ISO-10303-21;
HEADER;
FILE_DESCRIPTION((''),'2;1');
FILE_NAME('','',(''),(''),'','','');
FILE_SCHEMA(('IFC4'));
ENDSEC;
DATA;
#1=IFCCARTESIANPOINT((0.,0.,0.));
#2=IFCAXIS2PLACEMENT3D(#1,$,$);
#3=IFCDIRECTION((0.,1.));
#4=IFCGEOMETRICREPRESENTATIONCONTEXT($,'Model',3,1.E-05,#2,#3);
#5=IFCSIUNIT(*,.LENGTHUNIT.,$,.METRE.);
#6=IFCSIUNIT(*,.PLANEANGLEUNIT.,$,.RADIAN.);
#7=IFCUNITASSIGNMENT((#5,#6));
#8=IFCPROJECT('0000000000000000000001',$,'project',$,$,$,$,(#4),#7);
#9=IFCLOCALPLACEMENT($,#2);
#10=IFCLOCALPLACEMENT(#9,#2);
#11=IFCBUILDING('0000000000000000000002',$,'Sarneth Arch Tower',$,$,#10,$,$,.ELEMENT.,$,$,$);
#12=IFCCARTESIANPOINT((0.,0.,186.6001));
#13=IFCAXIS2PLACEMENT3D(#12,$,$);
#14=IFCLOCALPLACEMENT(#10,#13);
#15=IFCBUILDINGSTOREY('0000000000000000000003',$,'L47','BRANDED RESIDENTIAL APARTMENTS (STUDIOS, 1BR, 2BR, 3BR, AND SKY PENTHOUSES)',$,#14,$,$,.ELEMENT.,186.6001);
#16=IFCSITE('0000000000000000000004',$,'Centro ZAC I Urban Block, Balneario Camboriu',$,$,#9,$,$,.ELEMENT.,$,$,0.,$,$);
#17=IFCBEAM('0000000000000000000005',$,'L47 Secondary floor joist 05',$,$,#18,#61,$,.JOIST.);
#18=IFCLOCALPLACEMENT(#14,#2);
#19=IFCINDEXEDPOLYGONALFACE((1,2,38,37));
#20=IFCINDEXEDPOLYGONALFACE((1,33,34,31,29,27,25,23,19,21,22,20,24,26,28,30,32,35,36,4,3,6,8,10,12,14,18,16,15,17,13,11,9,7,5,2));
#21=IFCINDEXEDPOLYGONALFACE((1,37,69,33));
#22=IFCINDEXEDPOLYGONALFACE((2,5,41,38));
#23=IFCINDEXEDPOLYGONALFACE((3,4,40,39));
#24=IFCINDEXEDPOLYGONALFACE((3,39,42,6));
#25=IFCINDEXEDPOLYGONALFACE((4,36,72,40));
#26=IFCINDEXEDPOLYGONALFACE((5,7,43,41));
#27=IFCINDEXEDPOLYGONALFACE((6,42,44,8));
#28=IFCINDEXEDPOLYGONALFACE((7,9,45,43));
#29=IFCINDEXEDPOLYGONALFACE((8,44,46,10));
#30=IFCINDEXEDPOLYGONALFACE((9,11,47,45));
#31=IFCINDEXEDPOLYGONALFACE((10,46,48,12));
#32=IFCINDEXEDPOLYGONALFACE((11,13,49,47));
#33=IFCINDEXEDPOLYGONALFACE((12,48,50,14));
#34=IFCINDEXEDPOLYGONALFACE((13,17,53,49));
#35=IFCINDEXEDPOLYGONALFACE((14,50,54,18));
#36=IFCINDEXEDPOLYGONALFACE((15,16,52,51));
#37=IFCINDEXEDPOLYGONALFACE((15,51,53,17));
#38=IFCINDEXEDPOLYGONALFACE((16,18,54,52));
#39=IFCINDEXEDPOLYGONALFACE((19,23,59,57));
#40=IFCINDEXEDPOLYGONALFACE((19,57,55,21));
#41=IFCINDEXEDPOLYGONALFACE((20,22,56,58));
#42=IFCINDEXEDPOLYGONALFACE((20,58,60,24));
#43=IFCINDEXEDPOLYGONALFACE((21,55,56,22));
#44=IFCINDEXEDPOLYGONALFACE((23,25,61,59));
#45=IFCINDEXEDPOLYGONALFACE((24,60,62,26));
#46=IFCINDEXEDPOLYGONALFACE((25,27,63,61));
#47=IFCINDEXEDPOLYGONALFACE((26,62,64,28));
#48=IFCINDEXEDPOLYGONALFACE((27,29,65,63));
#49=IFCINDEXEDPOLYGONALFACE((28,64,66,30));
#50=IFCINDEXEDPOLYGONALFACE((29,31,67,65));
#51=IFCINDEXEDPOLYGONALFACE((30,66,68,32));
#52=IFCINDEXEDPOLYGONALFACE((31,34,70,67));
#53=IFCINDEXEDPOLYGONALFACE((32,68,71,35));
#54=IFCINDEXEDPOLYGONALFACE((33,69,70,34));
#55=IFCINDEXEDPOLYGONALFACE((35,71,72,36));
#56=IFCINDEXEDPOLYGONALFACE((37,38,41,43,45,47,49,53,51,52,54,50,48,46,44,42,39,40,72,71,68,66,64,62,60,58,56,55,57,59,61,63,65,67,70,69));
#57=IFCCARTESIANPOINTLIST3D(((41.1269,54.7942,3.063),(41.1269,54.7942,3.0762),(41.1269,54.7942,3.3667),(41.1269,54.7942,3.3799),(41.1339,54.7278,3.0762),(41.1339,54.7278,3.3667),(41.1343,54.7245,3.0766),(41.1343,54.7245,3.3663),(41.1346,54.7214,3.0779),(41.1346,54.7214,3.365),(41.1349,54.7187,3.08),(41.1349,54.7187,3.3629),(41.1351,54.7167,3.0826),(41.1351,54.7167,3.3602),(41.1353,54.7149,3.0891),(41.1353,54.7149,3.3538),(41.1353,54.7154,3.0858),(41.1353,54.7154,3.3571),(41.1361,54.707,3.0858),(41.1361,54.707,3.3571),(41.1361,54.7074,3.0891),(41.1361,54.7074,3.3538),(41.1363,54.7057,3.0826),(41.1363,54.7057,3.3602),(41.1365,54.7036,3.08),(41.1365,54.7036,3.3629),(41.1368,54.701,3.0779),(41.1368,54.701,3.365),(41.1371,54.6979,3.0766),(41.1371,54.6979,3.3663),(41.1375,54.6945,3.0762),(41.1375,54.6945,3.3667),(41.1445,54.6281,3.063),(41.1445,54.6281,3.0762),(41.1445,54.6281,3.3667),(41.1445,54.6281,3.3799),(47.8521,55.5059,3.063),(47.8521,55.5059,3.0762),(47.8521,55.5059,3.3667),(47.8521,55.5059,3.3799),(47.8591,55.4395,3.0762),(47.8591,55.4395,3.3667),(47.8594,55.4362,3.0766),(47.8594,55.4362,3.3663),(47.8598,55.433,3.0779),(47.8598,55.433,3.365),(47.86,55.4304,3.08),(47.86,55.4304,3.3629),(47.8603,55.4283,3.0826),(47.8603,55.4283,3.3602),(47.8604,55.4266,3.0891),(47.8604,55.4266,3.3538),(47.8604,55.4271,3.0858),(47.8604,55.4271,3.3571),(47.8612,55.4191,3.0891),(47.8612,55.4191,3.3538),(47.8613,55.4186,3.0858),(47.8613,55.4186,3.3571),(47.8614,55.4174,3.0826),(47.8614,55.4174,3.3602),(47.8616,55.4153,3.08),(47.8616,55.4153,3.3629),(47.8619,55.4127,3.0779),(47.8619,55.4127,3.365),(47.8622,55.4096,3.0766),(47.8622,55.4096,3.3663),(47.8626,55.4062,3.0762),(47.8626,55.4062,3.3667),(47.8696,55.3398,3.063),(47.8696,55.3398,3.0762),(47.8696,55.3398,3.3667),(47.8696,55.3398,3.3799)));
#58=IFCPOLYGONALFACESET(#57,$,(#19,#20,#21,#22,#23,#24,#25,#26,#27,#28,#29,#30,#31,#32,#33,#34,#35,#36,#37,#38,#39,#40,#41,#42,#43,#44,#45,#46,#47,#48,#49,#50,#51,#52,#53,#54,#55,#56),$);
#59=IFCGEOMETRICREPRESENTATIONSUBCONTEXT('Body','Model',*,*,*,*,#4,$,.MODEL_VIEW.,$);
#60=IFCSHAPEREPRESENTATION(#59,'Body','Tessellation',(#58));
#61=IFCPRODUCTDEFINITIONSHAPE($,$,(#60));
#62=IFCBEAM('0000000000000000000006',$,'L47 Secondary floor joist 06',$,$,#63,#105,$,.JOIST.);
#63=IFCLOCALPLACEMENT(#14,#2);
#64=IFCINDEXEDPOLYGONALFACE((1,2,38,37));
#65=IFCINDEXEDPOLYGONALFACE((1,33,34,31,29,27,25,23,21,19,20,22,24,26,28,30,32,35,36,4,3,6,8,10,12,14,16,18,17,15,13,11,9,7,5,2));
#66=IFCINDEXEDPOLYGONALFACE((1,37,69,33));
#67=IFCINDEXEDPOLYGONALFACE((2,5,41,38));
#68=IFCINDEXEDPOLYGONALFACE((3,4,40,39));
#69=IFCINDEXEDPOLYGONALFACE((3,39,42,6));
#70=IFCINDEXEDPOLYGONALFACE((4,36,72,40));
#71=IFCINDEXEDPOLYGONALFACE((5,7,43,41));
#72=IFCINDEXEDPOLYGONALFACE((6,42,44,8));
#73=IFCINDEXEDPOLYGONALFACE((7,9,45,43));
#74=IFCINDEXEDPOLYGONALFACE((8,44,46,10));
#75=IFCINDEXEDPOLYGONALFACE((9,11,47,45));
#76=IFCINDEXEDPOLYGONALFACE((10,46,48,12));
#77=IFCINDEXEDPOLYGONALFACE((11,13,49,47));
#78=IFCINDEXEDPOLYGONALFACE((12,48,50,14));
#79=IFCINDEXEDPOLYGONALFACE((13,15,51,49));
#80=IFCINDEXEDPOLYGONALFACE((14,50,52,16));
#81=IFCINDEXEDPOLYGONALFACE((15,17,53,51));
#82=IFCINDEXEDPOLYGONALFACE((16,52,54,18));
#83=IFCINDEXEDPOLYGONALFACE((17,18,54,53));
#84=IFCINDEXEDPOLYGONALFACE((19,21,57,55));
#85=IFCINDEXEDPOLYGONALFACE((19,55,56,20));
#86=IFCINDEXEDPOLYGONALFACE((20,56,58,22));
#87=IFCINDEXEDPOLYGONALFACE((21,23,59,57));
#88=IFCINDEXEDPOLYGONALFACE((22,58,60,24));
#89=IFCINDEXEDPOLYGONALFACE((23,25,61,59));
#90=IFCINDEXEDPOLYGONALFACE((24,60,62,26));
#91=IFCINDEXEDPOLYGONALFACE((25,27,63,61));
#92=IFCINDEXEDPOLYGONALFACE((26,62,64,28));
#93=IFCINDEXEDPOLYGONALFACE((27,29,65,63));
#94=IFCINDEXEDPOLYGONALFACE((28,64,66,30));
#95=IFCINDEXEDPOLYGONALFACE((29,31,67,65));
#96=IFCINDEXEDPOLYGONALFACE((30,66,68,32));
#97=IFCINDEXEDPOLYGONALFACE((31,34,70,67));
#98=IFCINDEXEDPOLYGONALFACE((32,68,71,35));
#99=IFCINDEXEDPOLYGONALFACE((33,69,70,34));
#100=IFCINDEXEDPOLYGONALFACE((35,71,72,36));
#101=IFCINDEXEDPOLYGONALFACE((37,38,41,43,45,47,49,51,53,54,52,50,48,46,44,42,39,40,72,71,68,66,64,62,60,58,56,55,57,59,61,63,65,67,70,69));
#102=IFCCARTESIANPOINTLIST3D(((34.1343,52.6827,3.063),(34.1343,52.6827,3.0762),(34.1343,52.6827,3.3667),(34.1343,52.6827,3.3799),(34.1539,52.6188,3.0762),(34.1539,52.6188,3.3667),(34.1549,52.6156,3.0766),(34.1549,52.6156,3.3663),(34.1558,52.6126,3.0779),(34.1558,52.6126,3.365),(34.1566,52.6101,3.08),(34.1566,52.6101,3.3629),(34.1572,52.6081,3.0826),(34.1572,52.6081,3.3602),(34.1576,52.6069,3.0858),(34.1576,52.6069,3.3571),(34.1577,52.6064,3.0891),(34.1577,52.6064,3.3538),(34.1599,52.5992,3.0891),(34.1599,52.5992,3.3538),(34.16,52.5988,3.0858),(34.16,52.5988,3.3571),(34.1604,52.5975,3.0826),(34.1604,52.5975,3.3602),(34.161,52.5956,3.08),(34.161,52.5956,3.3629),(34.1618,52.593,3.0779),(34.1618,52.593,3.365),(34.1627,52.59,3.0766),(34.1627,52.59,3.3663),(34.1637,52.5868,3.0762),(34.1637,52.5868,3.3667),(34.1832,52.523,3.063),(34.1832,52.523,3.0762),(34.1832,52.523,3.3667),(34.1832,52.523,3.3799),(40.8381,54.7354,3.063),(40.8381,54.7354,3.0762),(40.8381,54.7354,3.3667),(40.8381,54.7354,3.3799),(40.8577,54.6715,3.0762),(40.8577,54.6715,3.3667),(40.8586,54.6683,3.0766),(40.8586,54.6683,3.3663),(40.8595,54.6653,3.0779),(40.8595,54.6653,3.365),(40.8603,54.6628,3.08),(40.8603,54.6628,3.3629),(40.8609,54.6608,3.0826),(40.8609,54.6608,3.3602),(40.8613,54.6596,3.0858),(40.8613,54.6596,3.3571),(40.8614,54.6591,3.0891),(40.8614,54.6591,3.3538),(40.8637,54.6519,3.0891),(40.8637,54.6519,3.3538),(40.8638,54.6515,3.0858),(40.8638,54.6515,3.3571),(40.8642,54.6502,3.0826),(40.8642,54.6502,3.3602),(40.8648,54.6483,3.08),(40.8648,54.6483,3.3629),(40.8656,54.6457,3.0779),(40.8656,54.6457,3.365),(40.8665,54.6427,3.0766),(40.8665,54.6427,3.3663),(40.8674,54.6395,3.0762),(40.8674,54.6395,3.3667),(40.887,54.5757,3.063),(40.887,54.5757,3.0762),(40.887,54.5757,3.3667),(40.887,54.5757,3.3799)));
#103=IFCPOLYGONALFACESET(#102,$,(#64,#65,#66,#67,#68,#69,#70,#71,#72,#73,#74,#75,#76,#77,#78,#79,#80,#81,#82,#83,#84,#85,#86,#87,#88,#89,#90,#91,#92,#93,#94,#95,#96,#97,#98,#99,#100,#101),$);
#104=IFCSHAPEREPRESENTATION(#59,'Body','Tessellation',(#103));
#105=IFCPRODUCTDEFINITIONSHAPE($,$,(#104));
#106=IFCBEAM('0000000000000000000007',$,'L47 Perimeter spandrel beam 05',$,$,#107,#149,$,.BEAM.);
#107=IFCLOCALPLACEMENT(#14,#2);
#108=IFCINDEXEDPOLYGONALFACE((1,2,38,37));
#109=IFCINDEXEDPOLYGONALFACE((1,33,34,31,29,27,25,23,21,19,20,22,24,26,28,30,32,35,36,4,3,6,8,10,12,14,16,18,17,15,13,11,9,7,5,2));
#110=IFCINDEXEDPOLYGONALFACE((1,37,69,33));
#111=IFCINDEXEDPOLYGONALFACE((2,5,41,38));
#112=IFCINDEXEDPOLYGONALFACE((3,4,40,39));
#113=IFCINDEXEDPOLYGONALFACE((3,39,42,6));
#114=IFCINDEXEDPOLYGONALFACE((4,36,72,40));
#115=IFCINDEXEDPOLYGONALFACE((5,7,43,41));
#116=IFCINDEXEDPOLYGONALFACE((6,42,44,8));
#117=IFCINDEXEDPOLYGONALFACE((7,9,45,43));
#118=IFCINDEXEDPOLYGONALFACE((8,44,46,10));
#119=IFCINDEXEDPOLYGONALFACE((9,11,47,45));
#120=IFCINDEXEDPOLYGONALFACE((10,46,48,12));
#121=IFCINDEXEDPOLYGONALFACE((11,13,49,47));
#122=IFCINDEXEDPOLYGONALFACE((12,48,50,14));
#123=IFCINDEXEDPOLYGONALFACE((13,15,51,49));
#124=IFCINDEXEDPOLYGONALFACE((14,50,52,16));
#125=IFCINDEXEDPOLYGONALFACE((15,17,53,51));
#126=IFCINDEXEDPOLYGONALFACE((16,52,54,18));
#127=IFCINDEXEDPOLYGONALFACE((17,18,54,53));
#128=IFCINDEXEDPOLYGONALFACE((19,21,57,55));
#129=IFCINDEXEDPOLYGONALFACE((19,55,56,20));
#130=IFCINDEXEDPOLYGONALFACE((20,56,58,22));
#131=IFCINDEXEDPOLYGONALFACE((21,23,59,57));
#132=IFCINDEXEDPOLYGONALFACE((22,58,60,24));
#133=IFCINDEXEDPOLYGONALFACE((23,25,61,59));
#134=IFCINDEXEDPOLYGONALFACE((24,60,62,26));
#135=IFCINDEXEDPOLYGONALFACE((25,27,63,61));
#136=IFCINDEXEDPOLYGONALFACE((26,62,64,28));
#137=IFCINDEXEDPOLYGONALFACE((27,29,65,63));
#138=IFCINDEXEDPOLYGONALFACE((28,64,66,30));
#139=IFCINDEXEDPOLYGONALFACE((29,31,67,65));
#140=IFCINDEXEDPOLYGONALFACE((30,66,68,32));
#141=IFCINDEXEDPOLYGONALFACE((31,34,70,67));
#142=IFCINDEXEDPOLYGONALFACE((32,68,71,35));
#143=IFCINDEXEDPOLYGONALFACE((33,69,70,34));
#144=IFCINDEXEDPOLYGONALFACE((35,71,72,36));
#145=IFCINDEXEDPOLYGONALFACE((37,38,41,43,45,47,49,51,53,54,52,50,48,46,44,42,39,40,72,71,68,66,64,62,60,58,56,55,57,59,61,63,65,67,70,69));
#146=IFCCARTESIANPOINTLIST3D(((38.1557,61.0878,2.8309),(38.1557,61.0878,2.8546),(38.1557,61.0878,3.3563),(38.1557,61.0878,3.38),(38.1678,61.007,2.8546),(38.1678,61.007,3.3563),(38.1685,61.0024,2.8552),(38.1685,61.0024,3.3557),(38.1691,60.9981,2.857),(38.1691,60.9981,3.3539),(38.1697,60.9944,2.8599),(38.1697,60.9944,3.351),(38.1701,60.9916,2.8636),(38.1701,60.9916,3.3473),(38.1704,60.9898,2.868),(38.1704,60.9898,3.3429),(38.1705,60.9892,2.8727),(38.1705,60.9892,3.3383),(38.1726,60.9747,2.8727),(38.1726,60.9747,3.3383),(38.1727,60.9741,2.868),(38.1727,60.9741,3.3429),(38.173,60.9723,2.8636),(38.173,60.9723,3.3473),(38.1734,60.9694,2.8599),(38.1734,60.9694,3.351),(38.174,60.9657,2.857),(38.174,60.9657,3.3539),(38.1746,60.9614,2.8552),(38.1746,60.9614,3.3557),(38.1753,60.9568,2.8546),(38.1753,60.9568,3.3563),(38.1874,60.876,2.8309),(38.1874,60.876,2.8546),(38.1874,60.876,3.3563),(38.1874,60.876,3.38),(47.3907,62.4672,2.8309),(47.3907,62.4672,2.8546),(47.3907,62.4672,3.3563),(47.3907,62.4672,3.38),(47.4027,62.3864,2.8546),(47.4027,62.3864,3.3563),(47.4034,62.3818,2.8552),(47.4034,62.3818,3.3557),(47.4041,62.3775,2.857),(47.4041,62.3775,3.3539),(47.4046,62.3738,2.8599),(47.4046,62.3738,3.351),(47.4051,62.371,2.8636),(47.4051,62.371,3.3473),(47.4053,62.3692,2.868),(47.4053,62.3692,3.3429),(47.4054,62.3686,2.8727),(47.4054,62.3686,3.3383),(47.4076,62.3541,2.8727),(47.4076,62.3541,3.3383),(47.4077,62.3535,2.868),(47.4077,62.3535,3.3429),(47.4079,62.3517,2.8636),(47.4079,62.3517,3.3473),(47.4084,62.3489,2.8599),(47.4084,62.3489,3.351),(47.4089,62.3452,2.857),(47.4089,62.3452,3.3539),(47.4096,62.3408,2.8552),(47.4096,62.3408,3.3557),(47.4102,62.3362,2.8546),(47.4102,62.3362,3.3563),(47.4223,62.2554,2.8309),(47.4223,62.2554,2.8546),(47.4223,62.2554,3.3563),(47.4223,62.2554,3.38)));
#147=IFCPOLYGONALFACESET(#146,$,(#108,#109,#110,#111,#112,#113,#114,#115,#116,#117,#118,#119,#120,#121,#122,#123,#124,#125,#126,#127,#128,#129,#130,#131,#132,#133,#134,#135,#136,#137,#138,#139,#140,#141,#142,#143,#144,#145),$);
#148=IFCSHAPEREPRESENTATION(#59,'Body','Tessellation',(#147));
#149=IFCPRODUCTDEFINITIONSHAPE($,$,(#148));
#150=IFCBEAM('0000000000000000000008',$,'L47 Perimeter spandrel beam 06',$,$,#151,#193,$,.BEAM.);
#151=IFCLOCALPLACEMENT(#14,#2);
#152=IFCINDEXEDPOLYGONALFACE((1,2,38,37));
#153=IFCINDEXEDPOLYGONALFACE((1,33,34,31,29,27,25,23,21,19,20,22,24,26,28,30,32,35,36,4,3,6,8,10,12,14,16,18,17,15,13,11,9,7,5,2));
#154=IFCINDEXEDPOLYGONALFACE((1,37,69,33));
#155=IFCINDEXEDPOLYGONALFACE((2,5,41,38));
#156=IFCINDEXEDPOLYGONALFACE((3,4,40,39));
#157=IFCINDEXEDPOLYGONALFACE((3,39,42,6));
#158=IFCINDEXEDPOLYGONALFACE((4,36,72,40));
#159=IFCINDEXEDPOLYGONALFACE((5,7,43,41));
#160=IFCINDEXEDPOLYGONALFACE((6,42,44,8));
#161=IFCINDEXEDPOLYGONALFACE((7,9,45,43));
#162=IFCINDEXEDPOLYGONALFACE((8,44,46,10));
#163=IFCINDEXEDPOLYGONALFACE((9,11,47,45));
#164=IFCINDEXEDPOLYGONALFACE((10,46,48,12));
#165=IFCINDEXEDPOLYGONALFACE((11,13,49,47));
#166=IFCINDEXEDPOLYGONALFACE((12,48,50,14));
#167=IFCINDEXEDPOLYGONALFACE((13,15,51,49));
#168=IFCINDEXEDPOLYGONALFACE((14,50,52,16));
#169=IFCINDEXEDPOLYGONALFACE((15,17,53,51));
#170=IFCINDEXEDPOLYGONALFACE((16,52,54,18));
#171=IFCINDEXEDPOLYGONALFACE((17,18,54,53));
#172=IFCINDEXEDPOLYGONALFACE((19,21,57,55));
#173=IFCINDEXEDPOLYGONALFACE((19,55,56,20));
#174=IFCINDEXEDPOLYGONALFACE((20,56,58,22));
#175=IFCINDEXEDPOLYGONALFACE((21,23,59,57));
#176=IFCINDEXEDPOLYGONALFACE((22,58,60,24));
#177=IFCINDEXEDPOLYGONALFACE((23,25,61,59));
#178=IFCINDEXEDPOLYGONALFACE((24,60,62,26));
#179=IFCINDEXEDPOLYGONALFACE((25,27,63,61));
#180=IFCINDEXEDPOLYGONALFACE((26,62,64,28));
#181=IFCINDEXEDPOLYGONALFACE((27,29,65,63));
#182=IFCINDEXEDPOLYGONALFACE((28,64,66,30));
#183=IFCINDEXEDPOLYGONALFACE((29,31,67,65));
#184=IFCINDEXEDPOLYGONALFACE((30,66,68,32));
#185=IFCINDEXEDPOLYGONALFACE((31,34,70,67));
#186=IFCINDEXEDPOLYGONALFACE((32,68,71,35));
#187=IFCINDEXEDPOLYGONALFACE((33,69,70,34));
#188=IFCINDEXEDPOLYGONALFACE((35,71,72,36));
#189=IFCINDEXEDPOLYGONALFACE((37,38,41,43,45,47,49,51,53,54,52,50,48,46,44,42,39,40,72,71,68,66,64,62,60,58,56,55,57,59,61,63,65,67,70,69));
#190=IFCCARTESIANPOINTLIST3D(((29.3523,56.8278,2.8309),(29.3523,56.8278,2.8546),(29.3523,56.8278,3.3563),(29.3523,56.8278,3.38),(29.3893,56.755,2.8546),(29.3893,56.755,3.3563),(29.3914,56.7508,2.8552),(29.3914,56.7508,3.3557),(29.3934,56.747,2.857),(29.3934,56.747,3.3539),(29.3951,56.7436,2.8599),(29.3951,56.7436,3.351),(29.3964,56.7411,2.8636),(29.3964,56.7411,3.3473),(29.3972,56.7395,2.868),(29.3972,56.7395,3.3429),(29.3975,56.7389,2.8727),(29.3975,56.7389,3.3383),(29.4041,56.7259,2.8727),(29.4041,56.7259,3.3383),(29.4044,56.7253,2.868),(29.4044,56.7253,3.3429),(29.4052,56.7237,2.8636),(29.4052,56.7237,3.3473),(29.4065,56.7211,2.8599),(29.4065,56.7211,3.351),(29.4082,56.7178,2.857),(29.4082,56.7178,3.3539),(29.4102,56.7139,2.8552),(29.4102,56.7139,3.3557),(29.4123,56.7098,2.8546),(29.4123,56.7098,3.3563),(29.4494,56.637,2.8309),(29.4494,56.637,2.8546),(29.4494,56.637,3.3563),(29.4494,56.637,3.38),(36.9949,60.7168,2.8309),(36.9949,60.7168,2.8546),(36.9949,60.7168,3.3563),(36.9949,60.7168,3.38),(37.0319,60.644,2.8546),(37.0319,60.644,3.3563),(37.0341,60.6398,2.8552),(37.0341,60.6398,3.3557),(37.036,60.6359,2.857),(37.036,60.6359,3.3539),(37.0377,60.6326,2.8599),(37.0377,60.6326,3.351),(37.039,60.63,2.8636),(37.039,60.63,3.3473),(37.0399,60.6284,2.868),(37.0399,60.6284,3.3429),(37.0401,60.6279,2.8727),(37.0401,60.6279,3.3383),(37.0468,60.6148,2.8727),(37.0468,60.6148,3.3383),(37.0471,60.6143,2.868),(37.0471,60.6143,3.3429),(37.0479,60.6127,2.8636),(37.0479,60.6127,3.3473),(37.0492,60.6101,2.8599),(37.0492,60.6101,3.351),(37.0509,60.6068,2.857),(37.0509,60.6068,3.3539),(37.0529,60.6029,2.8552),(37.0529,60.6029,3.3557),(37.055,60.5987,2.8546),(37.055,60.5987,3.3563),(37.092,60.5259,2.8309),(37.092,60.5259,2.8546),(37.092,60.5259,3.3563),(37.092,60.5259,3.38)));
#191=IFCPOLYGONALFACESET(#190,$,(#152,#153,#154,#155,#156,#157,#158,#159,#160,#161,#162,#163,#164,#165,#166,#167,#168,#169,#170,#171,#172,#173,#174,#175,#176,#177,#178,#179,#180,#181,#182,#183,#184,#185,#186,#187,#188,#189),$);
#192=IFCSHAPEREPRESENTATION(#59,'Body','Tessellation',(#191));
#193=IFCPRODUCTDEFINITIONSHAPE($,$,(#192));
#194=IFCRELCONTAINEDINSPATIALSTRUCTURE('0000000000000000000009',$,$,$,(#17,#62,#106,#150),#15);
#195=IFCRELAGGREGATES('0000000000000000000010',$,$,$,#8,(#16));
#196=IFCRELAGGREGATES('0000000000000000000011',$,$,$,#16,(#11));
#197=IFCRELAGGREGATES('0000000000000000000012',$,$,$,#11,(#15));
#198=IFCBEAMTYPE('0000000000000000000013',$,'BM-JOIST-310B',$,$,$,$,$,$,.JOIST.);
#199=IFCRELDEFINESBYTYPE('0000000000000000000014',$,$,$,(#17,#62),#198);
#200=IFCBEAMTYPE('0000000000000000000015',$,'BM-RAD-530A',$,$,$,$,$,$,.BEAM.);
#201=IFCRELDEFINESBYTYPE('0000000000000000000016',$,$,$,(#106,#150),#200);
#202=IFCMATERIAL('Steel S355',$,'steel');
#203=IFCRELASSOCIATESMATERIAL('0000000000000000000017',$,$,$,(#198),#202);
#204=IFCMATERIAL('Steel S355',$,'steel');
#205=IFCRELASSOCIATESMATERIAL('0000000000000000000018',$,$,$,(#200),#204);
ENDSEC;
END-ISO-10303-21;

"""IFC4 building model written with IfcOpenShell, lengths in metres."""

from ifc_helpers import new_model, si_unit, direction, frame, origin, origin_2d, place, context, subcontext, project, spatial, i_section, extrude, material, material_profile, profile_set, type_object, element, save


model = new_model("IFC4")

# Units and contexts
model_context = context("Model", 3, precision=1e-05, world=origin(), true_north=direction((0.0, 1.0)))
body_context = subcontext(model_context, "Body", "Model", "MODEL_VIEW")
ifc_project = project(units=[si_unit("LENGTHUNIT", "METRE"), si_unit("PLANEANGLEUNIT", "RADIAN")], contexts=[model_context])

# Site, building, storey
site_placement = place(None, origin())
site = spatial("IfcSite", under=ifc_project, at=site_placement, Name="Centro ZAC I Urban Block, Balneario Camboriu", CompositionType="ELEMENT", RefElevation=0.0)
building_placement = place(site_placement, origin())
building = spatial("IfcBuilding", under=site, at=building_placement, Name="Sarneth Arch Tower", CompositionType="ELEMENT")
storey_placement = place(building_placement, frame((0.0, 0.0, 186.6001)))
storey = spatial("IfcBuildingStorey", under=building, at=storey_placement, Name="L47", Description="BRANDED RESIDENTIAL APARTMENTS (STUDIOS, 1BR, 2BR, 3BR, AND SKY PENTHOUSES)", CompositionType="ELEMENT", Elevation=186.6001)

# Beams
ifc_material_1 = material(Name="Steel S355", Category="steel")
ifc_material_profile_1 = material_profile(ifc_material_1, i_section(OverallWidth=0.167, OverallDepth=0.3169, WebThickness=0.0076, FlangeThickness=0.0132, FilletRadius=0.0129, at=origin_2d()), Name="W310x52")
ifc_profile_set_1 = profile_set([ifc_material_profile_1], Name="Steel S355")
beam_type_1 = type_object("IfcBeamType", Name="BM-JOIST-310B", PredefinedType="JOIST", material=ifc_profile_set_1)
beam_1_placement = place(storey_placement, frame((47.8608, 55.4229, 3.2214), z_axis=(-0.994447, -0.105235, 0.0), x_axis=(0.105235, -0.994447, 0.0)))
element("IfcBeam", 1, at=beam_1_placement, inside=storey, type_object=beam_type_1, Name="L47 Secondary floor joist 05", PredefinedType="JOIST", context=body_context, shape_type="SweptSolid", body=[
    extrude(i_section(OverallWidth=0.167, OverallDepth=0.3169, WebThickness=0.0076, FlangeThickness=0.0132, FilletRadius=0.0129, at=origin_2d()), origin(), (0.0, 0.0, 1.0), 6.7627),
])
beam_2_placement = place(storey_placement, frame((40.8625, 54.6555, 3.2214), z_axis=(-0.956179, -0.292784, 0.0), x_axis=(0.292784, -0.956179, 0.0)))
element("IfcBeam", 2, at=beam_2_placement, inside=storey, type_object=beam_type_1, Name="L47 Secondary floor joist 06", PredefinedType="JOIST", context=body_context, shape_type="SweptSolid", body=[
    extrude(i_section(OverallWidth=0.167, OverallDepth=0.3169, WebThickness=0.0076, FlangeThickness=0.0132, FilletRadius=0.0129, at=origin_2d()), origin(), (0.0, 0.0, 1.0), 7.011),
])
ifc_material_2 = material(Name="Steel S355", Category="steel")
ifc_material_profile_2 = material_profile(ifc_material_2, i_section(OverallWidth=0.2141, OverallDepth=0.5491, WebThickness=0.0146, FlangeThickness=0.0237, FilletRadius=0.0181, at=origin_2d()), Name="W530x138")
ifc_profile_set_2 = profile_set([ifc_material_profile_2], Name="Steel S355")
beam_type_2 = type_object("IfcBeamType", Name="BM-RAD-530A", PredefinedType="BEAM", material=ifc_profile_set_2)
beam_3_placement = place(storey_placement, frame((47.4065, 62.3613, 3.1055), z_axis=(-0.989028, -0.147729, 0.0), x_axis=(0.147729, -0.989028, 0.0)))
element("IfcBeam", 3, at=beam_3_placement, inside=storey, type_object=beam_type_2, Name="L47 Perimeter spandrel beam 05", PredefinedType="BEAM", context=body_context, shape_type="SweptSolid", body=[
    extrude(i_section(OverallWidth=0.2141, OverallDepth=0.5491, WebThickness=0.0146, FlangeThickness=0.0237, FilletRadius=0.0181, at=origin_2d()), origin(), (0.0, 0.0, 1.0), 9.3374),
])
beam_4_placement = place(storey_placement, frame((37.0435, 60.6213, 3.1055), z_axis=(-0.89125, -0.453512, 0.0), x_axis=(0.453512, -0.89125, 0.0)))
element("IfcBeam", 4, at=beam_4_placement, inside=storey, type_object=beam_type_2, Name="L47 Perimeter spandrel beam 06", PredefinedType="BEAM", context=body_context, shape_type="SweptSolid", body=[
    extrude(i_section(OverallWidth=0.2141, OverallDepth=0.5491, WebThickness=0.0146, FlangeThickness=0.0237, FilletRadius=0.0181, at=origin_2d()), origin(), (0.0, 0.0, 1.0), 8.5752),
])

save(model, "model.ifc")
